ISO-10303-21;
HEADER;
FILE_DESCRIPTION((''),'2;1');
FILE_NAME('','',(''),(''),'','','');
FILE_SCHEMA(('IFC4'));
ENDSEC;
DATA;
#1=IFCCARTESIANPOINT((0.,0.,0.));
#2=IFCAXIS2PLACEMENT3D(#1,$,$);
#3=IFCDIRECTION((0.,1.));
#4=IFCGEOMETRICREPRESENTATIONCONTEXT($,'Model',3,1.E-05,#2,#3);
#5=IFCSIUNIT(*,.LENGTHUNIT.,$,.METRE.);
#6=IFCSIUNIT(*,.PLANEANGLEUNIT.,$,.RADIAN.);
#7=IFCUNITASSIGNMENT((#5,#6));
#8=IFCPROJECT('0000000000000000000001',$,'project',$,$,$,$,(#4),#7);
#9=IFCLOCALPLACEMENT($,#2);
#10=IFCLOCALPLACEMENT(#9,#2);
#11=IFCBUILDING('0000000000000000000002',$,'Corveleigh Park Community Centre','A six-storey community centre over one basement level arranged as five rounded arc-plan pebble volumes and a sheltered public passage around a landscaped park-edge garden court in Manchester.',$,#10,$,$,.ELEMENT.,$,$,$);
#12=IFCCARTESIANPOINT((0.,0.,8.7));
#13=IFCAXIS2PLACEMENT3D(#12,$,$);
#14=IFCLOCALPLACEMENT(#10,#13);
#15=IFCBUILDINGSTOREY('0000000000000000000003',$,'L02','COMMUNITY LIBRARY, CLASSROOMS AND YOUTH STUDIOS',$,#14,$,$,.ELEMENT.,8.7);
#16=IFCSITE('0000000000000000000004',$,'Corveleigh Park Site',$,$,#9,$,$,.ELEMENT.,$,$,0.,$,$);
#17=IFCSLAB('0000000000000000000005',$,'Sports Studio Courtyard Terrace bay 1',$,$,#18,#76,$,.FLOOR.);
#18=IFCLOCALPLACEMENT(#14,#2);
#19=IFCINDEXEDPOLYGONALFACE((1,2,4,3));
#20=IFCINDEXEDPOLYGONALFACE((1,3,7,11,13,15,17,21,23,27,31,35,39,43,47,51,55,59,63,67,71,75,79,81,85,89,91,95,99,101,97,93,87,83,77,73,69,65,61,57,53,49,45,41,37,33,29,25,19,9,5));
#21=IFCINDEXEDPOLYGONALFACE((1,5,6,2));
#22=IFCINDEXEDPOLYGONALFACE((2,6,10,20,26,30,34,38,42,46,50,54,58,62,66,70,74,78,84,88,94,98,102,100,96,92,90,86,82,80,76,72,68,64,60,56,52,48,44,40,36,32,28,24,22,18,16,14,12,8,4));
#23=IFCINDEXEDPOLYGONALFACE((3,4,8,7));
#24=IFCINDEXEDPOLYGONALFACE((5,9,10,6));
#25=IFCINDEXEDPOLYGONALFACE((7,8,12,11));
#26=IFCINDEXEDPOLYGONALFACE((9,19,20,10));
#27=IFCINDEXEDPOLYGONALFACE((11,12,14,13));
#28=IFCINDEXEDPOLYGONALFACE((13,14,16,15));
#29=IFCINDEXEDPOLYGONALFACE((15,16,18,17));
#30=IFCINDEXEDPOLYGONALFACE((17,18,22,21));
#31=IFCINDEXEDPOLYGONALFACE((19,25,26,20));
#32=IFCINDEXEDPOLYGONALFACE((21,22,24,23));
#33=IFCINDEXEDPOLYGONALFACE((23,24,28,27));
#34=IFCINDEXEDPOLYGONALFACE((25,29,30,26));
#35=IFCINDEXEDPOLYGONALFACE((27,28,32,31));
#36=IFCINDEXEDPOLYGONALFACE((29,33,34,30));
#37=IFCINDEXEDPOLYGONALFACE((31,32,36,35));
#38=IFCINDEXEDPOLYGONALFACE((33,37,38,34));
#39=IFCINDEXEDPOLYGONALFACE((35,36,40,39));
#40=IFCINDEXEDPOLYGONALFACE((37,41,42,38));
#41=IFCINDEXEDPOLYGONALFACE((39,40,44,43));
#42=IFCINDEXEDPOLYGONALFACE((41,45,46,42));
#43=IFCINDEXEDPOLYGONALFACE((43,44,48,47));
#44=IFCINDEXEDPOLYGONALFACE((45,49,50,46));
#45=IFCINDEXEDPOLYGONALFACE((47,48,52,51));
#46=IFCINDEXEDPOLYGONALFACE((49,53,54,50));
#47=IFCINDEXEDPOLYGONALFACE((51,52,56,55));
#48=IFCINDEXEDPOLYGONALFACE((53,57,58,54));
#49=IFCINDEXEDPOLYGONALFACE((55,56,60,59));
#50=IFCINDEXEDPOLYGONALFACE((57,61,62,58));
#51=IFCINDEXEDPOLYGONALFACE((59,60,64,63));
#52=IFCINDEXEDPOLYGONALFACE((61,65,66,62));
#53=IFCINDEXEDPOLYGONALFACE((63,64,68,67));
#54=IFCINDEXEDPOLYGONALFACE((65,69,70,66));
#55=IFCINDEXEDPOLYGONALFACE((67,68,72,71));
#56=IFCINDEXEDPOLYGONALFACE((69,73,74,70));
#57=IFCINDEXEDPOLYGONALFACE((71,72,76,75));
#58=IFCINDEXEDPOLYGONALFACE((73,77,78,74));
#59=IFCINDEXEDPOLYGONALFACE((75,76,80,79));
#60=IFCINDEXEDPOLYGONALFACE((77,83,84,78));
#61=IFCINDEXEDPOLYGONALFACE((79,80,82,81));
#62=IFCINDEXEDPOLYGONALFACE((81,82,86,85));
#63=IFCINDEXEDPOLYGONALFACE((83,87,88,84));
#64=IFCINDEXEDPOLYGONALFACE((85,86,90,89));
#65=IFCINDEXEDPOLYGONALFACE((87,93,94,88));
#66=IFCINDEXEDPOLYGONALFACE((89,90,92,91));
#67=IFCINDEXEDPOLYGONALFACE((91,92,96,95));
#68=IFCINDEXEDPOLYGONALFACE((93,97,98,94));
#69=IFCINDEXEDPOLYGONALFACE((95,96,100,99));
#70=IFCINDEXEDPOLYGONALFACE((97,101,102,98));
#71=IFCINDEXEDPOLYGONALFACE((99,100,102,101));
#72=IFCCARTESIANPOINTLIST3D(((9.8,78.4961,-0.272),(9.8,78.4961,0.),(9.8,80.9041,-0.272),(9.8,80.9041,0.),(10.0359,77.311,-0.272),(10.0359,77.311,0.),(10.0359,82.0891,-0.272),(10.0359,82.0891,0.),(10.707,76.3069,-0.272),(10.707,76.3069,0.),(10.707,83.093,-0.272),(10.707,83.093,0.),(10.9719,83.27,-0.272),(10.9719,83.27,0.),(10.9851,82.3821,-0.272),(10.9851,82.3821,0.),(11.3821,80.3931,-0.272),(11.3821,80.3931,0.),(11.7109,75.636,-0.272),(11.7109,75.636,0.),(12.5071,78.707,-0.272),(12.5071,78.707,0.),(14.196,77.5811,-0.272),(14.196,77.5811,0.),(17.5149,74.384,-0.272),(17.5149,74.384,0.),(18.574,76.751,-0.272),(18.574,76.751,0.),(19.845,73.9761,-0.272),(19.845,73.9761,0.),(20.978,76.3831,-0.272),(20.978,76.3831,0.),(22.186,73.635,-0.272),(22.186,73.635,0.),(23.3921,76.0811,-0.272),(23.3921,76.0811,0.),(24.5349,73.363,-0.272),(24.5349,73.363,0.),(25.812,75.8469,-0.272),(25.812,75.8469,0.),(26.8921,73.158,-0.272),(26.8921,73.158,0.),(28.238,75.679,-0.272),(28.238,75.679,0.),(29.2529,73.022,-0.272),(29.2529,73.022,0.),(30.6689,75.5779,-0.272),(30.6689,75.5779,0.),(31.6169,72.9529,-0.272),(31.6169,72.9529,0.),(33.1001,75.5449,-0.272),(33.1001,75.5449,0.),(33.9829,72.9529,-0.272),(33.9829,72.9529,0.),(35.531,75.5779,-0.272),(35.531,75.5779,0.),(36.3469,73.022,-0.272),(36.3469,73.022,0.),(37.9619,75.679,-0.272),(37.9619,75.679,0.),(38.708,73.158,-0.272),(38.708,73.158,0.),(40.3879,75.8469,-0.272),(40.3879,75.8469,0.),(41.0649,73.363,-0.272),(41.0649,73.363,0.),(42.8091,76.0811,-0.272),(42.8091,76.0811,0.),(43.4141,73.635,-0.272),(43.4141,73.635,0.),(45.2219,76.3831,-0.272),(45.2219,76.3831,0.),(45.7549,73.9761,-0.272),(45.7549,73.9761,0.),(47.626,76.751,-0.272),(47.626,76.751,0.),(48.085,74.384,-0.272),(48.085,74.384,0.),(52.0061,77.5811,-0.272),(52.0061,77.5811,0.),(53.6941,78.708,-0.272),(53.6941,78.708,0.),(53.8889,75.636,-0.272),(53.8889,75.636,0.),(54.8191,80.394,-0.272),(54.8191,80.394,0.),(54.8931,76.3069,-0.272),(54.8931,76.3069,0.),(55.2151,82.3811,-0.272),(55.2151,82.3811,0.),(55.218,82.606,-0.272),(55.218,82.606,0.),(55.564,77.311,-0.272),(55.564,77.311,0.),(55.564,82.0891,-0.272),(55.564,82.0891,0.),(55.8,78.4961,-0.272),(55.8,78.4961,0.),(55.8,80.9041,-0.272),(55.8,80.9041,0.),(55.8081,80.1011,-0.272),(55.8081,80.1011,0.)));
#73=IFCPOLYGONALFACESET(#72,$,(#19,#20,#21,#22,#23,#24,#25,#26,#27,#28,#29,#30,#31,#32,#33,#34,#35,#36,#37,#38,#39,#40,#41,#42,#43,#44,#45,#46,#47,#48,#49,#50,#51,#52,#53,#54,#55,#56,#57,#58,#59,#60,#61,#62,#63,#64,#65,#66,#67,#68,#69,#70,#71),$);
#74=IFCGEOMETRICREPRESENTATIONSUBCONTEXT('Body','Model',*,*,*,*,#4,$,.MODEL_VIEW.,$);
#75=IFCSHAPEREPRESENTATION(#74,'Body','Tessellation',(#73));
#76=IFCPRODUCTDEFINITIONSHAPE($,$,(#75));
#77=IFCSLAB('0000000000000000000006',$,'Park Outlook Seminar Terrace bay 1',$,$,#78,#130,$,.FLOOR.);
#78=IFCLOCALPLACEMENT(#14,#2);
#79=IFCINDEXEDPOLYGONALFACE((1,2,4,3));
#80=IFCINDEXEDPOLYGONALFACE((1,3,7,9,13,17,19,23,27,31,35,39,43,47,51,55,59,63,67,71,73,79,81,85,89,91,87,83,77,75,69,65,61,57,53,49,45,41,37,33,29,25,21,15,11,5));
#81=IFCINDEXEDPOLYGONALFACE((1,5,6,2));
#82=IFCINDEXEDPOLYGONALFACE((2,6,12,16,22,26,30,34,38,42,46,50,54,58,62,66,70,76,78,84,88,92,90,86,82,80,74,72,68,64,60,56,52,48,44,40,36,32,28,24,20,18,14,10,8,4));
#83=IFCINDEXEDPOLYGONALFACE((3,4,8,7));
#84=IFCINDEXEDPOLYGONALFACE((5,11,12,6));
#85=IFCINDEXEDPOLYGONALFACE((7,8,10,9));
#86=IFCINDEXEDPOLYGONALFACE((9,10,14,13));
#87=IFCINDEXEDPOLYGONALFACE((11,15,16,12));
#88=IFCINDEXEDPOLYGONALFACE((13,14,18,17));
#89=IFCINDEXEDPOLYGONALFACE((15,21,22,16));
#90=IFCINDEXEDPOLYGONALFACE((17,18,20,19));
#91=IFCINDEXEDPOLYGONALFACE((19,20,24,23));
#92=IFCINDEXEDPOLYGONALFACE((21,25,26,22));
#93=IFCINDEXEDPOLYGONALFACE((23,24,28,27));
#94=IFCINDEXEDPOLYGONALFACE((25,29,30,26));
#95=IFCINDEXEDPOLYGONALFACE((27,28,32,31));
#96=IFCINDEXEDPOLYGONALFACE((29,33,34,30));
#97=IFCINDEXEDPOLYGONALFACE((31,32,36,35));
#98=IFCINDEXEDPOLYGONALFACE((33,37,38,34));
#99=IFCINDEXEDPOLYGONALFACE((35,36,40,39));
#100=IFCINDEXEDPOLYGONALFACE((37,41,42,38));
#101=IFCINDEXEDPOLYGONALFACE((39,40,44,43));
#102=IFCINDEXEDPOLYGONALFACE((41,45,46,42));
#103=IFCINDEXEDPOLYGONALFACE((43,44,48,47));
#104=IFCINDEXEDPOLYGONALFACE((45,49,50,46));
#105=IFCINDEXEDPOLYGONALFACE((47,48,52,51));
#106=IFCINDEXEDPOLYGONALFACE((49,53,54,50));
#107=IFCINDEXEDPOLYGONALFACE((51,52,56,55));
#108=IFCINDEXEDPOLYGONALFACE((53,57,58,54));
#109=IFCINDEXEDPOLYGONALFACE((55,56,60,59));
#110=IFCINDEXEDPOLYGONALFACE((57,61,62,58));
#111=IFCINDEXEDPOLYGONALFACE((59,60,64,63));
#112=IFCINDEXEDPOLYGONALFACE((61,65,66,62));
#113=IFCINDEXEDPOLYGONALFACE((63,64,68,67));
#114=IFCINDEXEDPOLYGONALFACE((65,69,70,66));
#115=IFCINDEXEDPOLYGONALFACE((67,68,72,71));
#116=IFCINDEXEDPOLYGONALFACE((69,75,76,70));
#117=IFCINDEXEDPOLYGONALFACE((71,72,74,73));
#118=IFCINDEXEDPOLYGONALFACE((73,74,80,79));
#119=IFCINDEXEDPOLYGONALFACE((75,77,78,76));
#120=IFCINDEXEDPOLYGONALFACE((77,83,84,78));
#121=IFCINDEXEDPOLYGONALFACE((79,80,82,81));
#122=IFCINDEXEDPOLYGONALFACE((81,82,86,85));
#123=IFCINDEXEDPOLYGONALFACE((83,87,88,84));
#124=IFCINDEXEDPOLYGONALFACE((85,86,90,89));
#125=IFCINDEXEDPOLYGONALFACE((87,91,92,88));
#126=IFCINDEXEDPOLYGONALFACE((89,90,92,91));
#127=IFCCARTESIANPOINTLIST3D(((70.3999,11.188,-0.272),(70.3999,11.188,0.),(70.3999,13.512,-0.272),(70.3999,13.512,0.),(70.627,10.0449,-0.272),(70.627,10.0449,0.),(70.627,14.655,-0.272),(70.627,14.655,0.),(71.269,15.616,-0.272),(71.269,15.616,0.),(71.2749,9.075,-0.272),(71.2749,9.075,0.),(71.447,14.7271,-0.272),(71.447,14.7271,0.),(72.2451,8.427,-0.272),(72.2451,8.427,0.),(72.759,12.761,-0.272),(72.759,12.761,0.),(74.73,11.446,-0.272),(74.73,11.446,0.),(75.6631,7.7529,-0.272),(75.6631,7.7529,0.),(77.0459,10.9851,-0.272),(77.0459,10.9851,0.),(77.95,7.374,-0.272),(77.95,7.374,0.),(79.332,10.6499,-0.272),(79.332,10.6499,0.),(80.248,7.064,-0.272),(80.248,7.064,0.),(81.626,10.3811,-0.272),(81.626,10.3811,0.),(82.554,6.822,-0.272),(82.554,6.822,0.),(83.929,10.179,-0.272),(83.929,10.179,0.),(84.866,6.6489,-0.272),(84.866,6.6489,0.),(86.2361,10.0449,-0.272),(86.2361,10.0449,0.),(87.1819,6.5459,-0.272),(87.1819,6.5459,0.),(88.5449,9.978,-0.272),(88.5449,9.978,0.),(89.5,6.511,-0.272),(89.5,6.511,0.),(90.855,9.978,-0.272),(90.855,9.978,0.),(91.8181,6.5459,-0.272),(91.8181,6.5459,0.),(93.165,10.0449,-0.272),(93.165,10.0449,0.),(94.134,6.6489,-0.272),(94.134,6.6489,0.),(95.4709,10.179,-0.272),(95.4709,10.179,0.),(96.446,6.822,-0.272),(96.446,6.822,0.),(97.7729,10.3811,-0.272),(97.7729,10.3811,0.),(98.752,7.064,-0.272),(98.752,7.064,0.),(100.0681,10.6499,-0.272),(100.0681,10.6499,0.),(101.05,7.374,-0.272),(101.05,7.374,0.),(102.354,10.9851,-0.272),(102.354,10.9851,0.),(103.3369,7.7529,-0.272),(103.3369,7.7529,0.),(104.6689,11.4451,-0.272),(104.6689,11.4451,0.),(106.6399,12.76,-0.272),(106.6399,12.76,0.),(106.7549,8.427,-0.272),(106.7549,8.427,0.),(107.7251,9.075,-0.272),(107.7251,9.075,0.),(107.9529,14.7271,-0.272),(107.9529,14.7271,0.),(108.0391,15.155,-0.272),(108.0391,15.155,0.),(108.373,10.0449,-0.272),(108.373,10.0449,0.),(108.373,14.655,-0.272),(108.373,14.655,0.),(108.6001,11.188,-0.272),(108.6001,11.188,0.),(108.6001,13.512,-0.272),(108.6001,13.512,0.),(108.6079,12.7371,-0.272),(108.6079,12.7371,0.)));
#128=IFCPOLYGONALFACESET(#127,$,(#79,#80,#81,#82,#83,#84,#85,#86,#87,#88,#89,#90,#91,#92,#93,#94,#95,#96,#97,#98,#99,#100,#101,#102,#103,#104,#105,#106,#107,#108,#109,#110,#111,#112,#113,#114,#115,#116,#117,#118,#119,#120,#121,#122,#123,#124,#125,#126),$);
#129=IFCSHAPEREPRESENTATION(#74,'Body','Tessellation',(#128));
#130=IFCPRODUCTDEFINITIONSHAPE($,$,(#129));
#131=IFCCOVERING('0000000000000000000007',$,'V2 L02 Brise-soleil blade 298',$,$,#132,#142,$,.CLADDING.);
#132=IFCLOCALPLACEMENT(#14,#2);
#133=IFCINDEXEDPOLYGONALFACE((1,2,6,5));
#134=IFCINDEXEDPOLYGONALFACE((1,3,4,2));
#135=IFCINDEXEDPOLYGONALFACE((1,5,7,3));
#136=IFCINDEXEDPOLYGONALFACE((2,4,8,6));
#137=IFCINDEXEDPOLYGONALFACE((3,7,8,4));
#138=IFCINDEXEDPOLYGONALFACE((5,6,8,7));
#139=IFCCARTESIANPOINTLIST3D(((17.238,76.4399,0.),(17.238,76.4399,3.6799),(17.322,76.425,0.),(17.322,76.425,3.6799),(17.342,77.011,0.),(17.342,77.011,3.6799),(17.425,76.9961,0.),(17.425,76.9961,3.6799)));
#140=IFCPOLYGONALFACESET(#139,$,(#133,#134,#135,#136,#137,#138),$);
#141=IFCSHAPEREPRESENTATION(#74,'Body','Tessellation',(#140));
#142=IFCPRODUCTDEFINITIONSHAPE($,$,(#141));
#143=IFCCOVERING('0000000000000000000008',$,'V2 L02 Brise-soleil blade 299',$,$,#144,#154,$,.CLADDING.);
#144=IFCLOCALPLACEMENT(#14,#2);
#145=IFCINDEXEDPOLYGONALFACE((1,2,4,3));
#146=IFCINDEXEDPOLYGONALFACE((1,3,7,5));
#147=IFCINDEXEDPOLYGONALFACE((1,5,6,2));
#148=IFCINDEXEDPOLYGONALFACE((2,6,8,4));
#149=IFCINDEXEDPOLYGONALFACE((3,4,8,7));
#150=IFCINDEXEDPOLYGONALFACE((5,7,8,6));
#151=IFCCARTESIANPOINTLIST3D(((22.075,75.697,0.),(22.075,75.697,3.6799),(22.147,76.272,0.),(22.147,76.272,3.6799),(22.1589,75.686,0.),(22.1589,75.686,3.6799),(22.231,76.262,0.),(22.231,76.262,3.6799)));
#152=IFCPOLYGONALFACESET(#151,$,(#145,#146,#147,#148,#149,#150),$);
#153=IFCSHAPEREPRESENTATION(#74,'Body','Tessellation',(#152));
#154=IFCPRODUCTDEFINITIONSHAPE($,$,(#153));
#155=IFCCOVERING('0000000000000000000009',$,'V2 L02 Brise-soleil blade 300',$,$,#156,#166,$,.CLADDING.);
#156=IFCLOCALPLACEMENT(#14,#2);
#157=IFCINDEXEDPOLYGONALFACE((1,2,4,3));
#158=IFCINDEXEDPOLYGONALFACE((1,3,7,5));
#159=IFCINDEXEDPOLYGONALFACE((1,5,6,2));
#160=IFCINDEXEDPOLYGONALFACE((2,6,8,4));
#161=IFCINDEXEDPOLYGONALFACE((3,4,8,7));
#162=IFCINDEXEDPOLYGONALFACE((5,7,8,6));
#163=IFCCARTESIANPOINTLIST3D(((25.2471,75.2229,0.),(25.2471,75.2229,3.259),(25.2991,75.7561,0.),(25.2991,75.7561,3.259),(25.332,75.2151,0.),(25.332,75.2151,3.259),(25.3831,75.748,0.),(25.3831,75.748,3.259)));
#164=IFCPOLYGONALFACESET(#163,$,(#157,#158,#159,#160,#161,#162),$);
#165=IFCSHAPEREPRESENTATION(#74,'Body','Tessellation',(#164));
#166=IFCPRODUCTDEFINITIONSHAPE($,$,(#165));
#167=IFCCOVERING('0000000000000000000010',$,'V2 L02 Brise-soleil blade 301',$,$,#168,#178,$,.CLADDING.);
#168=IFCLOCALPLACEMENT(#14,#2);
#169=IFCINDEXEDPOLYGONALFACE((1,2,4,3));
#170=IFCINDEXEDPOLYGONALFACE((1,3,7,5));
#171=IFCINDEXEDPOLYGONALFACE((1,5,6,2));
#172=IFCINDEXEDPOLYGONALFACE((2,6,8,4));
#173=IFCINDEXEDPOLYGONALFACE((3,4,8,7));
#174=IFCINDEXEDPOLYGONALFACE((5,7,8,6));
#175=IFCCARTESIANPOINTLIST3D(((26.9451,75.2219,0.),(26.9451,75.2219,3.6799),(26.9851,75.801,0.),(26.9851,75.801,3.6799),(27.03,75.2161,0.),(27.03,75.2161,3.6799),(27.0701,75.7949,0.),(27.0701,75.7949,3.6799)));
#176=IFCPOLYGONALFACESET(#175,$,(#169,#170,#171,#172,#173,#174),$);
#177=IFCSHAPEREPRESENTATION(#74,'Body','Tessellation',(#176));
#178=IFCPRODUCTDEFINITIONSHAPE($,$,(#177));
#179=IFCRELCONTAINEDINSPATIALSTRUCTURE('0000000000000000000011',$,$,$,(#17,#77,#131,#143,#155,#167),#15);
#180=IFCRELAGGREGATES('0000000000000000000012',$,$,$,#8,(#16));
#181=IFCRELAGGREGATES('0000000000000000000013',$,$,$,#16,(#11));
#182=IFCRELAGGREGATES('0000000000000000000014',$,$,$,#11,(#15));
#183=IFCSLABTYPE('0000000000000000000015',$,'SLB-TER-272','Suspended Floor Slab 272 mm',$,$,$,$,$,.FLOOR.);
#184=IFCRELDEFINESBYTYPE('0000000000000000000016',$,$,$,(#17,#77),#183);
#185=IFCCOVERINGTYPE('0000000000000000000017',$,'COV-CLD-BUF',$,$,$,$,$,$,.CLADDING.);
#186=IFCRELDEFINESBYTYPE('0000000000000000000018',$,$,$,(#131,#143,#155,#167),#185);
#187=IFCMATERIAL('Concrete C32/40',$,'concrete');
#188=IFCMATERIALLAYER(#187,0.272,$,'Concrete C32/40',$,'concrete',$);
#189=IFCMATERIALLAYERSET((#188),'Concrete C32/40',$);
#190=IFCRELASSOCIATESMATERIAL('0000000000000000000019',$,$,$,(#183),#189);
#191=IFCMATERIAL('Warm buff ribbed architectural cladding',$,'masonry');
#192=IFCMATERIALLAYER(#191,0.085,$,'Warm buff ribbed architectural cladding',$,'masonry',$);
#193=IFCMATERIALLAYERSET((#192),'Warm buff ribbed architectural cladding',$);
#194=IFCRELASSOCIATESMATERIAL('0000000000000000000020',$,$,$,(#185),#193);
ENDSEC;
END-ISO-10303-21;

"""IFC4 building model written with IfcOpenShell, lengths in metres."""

from ifc_helpers import new_model, si_unit, direction, frame, origin, place, context, subcontext, project, spatial, polyline, outline, extrude, material, layer, layer_set, type_object, element, save


model = new_model("IFC4")

# Units and contexts
model_context = context("Model", 3, precision=1e-05, world=origin(), true_north=direction((0.0, 1.0)))
body_context = subcontext(model_context, "Body", "Model", "MODEL_VIEW")
ifc_project = project(units=[si_unit("LENGTHUNIT", "METRE"), si_unit("PLANEANGLEUNIT", "RADIAN")], contexts=[model_context])

# Site, building, storey
site_placement = place(None, origin())
site = spatial("IfcSite", under=ifc_project, at=site_placement, Name="Corveleigh Park Site", CompositionType="ELEMENT", RefElevation=0.0)
building_placement = place(site_placement, origin())
building = spatial("IfcBuilding", under=site, at=building_placement, Name="Corveleigh Park Community Centre", Description="A six-storey community centre over one basement level arranged as five rounded arc-plan pebble volumes and a sheltered public passage around a landscaped park-edge garden court in Manchester.", CompositionType="ELEMENT")
storey_placement = place(building_placement, frame((0.0, 0.0, 8.7)))
storey = spatial("IfcBuildingStorey", under=building, at=storey_placement, Name="L02", Description="COMMUNITY LIBRARY, CLASSROOMS AND YOUTH STUDIOS", CompositionType="ELEMENT", Elevation=8.7)

# Slabs
ifc_material_1 = material(Name="Concrete C32/40", Category="concrete")
ifc_layer_1 = layer(ifc_material_1, 0.272, Name="Concrete C32/40", Category="concrete")
ifc_layer_set_1 = layer_set([ifc_layer_1], Name="Concrete C32/40")
slab_type_1 = type_object("IfcSlabType", Name="SLB-TER-272", Description="Suspended Floor Slab 272 mm", PredefinedType="FLOOR", material=ifc_layer_set_1)
slab_1_placement = place(storey_placement, frame((0.0, 0.0, -0.272)))
element("IfcSlab", 1, at=slab_1_placement, inside=storey, type_object=slab_type_1, Name="Sports Studio Courtyard Terrace bay 1", PredefinedType="FLOOR", context=body_context, shape_type="SweptSolid", body=[
    extrude(outline(polyline([(55.564, 82.0891), (55.8, 80.9041), (55.8081, 80.1011), (55.8, 78.4961), (55.564, 77.311), (54.8931, 76.3069), (53.8889, 75.636), (48.085, 74.384), (45.7549, 73.9761), (43.4141, 73.635), (41.0649, 73.363), (38.708, 73.158), (36.3469, 73.022), (33.9829, 72.9529), (31.6169, 72.9529), (29.2529, 73.022), (26.8921, 73.158), (24.5349, 73.363), (22.186, 73.635), (19.845, 73.9761), (17.5149, 74.384), (11.7109, 75.636), (10.707, 76.3069), (10.0359, 77.311), (9.8, 78.4961), (9.8, 80.9041), (10.0359, 82.0891), (10.707, 83.093), (10.9719, 83.27), (10.9851, 82.3821), (11.3821, 80.3931), (12.5071, 78.707), (14.196, 77.5811), (18.574, 76.751), (20.978, 76.3831), (23.3921, 76.0811), (25.812, 75.8469), (28.238, 75.679), (30.6689, 75.5779), (33.1001, 75.5449), (35.531, 75.5779), (37.9619, 75.679), (40.3879, 75.8469), (42.8091, 76.0811), (45.2219, 76.3831), (47.626, 76.751), (52.0061, 77.5811), (53.6941, 78.708), (54.8191, 80.394), (55.2151, 82.3811), (55.218, 82.606), (55.564, 82.0891)])), origin(), (0.0, 0.0, 1.0), 0.272),
])
slab_2_placement = place(storey_placement, frame((0.0, 0.0, -0.272)))
element("IfcSlab", 2, at=slab_2_placement, inside=storey, type_object=slab_type_1, Name="Park Outlook Seminar Terrace bay 1", PredefinedType="FLOOR", context=body_context, shape_type="SweptSolid", body=[
    extrude(outline(polyline([(108.373, 14.655), (108.6001, 13.512), (108.6079, 12.7371), (108.6001, 11.188), (108.373, 10.0449), (107.7251, 9.075), (106.7549, 8.427), (103.3369, 7.7529), (101.05, 7.374), (98.752, 7.064), (96.446, 6.822), (94.134, 6.6489), (91.8181, 6.5459), (89.5, 6.511), (87.1819, 6.5459), (84.866, 6.6489), (82.554, 6.822), (80.248, 7.064), (77.95, 7.374), (75.6631, 7.7529), (72.2451, 8.427), (71.2749, 9.075), (70.627, 10.0449), (70.3999, 11.188), (70.3999, 13.512), (70.627, 14.655), (71.269, 15.616), (71.447, 14.7271), (72.759, 12.761), (74.73, 11.446), (77.0459, 10.9851), (79.332, 10.6499), (81.626, 10.3811), (83.929, 10.179), (86.2361, 10.0449), (88.5449, 9.978), (90.855, 9.978), (93.165, 10.0449), (95.4709, 10.179), (97.7729, 10.3811), (100.0681, 10.6499), (102.354, 10.9851), (104.6689, 11.4451), (106.6399, 12.76), (107.9529, 14.7271), (108.0391, 15.155), (108.373, 14.655)])), origin(), (0.0, 0.0, 1.0), 0.272),
])

# Coverings
ifc_material_2 = material(Name="Warm buff ribbed architectural cladding", Category="masonry")
ifc_layer_2 = layer(ifc_material_2, 0.085, Name="Warm buff ribbed architectural cladding", Category="masonry")
ifc_layer_set_2 = layer_set([ifc_layer_2], Name="Warm buff ribbed architectural cladding")
covering_type_1 = type_object("IfcCoveringType", Name="COV-CLD-BUF", PredefinedType="CLADDING", material=ifc_layer_set_2)
covering_1_placement = place(storey_placement, origin())
element("IfcCovering", 3, at=covering_1_placement, inside=storey, type_object=covering_type_1, Name="V2 L02 Brise-soleil blade 298", PredefinedType="CLADDING", context=body_context, shape_type="SweptSolid", body=[
    extrude(outline(polyline([(17.425, 76.9961), (17.342, 77.011), (17.238, 76.4399), (17.322, 76.425), (17.425, 76.9961)])), origin(), (0.0, 0.0, 1.0), 3.6799),
])
covering_2_placement = place(storey_placement, origin())
element("IfcCovering", 4, at=covering_2_placement, inside=storey, type_object=covering_type_1, Name="V2 L02 Brise-soleil blade 299", PredefinedType="CLADDING", context=body_context, shape_type="SweptSolid", body=[
    extrude(outline(polyline([(22.231, 76.262), (22.147, 76.272), (22.075, 75.697), (22.1589, 75.686), (22.231, 76.262)])), origin(), (0.0, 0.0, 1.0), 3.6799),
])
covering_3_placement = place(storey_placement, origin())
element("IfcCovering", 5, at=covering_3_placement, inside=storey, type_object=covering_type_1, Name="V2 L02 Brise-soleil blade 300", PredefinedType="CLADDING", context=body_context, shape_type="SweptSolid", body=[
    extrude(outline(polyline([(25.3831, 75.748), (25.2991, 75.7561), (25.2471, 75.2229), (25.332, 75.2151), (25.3831, 75.748)])), origin(), (0.0, 0.0, 1.0), 3.259),
])
covering_4_placement = place(storey_placement, origin())
element("IfcCovering", 6, at=covering_4_placement, inside=storey, type_object=covering_type_1, Name="V2 L02 Brise-soleil blade 301", PredefinedType="CLADDING", context=body_context, shape_type="SweptSolid", body=[
    extrude(outline(polyline([(27.0701, 75.7949), (26.9851, 75.801), (26.9451, 75.2219), (27.03, 75.2161), (27.0701, 75.7949)])), origin(), (0.0, 0.0, 1.0), 3.6799),
])

save(model, "model.ifc")
